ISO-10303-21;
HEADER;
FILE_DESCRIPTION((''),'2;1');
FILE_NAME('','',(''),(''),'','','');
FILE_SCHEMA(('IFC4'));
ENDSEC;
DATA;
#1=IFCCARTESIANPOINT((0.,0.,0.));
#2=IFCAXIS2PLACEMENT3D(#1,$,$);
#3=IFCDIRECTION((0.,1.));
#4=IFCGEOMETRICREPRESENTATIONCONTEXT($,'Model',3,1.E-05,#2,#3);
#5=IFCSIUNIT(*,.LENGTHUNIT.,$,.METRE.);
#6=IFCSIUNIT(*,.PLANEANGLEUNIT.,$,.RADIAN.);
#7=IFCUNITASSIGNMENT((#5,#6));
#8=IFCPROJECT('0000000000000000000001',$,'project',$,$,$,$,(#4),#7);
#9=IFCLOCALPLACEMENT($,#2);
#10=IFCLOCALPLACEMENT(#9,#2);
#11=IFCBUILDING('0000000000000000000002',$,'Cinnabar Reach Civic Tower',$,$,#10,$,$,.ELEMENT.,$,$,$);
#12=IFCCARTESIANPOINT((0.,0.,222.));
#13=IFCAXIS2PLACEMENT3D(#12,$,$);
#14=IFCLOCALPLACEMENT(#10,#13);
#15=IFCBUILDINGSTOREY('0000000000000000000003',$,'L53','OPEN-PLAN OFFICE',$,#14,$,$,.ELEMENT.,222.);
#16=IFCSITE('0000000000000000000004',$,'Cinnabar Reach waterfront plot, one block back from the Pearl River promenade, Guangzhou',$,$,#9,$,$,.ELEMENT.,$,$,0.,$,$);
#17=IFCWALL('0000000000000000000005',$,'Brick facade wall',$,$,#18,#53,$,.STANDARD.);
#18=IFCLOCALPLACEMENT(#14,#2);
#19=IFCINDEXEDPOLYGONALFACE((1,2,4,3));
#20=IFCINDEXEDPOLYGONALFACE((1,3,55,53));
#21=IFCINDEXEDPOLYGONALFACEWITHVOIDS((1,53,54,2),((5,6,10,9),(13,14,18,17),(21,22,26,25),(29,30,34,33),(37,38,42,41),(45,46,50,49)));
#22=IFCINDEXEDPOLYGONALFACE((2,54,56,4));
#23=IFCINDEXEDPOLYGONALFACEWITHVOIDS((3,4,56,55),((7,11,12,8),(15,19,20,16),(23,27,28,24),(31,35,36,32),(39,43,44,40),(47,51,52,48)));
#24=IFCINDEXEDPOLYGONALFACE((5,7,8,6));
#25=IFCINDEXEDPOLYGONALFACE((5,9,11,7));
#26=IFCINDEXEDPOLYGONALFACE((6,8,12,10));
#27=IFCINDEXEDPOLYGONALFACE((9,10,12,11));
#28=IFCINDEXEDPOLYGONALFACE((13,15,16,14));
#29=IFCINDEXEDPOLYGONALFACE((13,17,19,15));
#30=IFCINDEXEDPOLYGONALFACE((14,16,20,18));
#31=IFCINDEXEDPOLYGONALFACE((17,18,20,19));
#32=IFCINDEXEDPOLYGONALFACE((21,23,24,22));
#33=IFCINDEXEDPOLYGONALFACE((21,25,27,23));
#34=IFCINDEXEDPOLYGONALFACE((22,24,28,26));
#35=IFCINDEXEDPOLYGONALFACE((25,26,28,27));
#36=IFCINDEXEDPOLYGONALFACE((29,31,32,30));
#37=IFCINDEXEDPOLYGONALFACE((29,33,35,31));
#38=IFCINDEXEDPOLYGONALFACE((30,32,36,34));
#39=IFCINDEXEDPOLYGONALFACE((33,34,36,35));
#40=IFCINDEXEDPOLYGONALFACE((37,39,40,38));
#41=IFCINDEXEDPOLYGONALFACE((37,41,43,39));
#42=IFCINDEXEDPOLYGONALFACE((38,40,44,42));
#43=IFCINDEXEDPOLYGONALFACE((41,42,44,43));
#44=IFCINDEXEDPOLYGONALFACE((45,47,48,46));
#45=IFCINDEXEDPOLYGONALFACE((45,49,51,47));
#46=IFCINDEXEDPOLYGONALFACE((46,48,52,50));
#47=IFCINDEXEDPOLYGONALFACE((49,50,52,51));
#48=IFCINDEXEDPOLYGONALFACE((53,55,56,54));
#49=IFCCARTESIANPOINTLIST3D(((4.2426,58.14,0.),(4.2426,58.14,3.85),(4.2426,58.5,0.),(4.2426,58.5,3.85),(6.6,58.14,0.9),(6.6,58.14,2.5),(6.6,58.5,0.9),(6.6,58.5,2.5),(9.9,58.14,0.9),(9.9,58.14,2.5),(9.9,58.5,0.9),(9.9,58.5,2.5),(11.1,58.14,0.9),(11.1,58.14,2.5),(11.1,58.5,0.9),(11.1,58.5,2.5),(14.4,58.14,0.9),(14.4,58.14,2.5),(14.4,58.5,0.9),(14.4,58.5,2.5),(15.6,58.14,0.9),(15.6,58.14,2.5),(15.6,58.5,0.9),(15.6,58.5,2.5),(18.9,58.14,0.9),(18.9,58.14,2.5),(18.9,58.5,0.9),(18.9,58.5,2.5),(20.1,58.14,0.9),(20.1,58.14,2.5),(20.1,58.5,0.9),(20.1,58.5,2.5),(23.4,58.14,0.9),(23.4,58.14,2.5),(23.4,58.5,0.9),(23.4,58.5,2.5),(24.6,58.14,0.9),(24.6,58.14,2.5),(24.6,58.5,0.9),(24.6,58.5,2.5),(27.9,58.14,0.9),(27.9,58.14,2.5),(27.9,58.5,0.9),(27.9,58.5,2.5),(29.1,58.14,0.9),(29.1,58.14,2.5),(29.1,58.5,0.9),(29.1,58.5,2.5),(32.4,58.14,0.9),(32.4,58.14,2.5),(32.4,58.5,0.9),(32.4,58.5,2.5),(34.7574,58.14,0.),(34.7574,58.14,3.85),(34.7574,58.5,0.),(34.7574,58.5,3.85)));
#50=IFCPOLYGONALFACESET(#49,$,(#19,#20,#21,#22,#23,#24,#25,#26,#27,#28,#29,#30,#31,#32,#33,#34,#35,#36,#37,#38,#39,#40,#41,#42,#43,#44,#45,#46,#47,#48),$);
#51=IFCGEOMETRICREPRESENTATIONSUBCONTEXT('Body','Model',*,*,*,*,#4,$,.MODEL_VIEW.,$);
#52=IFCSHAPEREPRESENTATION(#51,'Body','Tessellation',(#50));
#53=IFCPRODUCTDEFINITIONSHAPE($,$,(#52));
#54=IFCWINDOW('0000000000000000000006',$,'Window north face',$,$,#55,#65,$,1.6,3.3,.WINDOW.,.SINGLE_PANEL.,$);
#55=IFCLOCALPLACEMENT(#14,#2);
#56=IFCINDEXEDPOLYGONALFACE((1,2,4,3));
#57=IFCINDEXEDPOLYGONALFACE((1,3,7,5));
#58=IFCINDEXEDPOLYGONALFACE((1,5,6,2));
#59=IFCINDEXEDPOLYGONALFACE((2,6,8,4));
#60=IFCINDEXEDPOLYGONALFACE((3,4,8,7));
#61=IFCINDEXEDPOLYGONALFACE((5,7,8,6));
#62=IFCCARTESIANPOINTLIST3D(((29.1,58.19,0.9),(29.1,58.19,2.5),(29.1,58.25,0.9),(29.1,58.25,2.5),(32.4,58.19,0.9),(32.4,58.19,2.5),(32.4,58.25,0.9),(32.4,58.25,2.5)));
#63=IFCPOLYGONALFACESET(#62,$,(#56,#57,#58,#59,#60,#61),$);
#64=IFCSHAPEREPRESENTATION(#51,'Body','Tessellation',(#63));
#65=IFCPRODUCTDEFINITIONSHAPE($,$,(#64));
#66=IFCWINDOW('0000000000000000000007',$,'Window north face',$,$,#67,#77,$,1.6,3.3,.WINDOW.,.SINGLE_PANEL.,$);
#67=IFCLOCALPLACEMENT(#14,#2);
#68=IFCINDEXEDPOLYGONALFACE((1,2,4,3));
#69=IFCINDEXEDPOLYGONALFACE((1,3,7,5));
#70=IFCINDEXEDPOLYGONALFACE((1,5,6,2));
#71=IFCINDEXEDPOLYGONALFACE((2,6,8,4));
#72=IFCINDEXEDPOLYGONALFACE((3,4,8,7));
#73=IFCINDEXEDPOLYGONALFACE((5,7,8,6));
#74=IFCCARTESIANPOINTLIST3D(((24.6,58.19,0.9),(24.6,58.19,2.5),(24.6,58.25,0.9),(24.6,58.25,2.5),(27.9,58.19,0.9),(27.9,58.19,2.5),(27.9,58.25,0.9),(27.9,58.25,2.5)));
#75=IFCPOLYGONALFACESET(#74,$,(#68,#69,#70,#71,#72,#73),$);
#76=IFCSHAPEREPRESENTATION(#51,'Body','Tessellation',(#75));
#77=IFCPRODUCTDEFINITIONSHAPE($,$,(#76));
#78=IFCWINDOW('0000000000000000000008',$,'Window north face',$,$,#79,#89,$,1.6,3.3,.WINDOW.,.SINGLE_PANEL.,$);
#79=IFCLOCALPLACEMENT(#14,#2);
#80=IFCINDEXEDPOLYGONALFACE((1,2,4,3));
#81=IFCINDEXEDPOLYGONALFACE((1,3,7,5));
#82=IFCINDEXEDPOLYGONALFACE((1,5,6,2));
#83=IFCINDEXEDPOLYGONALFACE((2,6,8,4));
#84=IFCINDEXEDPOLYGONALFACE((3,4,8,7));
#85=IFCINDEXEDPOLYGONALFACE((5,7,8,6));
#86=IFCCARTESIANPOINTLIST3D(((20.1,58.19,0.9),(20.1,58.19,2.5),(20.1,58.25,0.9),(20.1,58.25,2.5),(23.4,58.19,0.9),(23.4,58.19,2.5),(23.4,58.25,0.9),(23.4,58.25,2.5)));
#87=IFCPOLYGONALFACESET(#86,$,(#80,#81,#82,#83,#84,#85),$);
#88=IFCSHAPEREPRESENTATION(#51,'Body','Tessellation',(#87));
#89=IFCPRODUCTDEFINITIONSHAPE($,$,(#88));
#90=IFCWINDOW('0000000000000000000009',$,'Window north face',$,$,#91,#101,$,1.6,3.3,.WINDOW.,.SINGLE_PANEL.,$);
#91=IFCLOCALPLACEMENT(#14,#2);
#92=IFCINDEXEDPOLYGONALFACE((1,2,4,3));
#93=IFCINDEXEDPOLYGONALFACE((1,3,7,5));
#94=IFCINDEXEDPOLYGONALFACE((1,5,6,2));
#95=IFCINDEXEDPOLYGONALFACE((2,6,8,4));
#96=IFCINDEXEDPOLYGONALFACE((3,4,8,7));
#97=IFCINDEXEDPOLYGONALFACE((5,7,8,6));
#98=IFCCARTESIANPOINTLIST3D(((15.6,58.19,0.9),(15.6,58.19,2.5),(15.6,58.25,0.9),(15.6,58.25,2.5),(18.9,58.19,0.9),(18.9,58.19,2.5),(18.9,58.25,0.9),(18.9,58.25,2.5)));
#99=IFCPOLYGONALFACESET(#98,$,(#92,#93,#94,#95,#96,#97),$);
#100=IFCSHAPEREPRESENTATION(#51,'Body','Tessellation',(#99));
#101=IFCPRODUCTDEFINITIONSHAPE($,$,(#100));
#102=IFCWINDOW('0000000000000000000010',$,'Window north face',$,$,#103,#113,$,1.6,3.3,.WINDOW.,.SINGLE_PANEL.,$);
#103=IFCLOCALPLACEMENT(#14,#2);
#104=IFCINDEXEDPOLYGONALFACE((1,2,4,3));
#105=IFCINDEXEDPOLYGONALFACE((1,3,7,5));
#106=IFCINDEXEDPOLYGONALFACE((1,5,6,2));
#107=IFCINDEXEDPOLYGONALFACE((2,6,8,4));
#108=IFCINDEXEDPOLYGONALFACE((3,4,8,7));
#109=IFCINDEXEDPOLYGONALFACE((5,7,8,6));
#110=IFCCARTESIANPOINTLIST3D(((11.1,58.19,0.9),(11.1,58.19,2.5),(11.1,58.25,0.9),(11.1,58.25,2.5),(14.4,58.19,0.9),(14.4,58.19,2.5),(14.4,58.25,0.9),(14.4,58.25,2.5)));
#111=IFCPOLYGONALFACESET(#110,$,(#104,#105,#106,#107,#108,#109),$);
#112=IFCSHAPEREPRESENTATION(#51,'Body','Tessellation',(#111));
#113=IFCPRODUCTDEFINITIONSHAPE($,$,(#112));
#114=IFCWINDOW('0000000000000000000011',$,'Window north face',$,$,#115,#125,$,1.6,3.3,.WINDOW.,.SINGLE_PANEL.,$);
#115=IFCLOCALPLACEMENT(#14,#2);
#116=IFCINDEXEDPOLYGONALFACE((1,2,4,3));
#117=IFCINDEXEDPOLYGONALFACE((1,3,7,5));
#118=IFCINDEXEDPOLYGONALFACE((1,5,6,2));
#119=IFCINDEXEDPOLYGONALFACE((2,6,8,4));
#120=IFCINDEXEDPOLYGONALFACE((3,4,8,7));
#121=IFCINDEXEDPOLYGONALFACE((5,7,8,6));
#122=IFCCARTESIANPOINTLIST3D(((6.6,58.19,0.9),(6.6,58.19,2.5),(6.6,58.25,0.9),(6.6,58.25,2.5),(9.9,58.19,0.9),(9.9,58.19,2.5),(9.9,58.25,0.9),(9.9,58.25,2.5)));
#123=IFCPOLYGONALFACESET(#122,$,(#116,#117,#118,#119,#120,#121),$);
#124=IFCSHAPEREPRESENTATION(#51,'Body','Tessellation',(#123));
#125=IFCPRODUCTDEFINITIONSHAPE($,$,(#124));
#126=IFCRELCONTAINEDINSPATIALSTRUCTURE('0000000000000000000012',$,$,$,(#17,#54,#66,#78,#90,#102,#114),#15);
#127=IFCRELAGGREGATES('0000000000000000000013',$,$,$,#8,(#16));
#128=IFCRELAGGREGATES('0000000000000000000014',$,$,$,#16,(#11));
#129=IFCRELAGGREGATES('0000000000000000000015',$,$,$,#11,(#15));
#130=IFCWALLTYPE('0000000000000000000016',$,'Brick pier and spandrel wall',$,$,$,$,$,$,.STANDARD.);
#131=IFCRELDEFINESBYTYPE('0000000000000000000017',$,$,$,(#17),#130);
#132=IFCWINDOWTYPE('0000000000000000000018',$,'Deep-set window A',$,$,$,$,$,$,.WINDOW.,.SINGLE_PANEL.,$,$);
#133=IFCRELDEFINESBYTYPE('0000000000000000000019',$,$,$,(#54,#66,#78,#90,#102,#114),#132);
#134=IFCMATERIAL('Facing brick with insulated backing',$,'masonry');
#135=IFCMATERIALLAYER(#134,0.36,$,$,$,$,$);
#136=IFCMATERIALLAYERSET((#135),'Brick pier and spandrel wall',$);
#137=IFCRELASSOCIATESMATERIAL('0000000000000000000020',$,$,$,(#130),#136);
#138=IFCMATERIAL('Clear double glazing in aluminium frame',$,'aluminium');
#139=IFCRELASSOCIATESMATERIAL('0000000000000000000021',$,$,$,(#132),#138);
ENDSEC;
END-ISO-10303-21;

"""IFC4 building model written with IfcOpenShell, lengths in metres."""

from ifc_helpers import new_model, si_unit, direction, frame, frame_2d, origin, place, context, subcontext, project, spatial, rectangle, extrude, material, layer, layer_set, type_object, element, fill, save


model = new_model("IFC4")

# Units and contexts
model_context = context("Model", 3, precision=1e-05, world=origin(), true_north=direction((0.0, 1.0)))
body_context = subcontext(model_context, "Body", "Model", "MODEL_VIEW")
ifc_project = project(units=[si_unit("LENGTHUNIT", "METRE"), si_unit("PLANEANGLEUNIT", "RADIAN")], contexts=[model_context])

# Site, building, storey
site_placement = place(None, origin())
site = spatial("IfcSite", under=ifc_project, at=site_placement, Name="Cinnabar Reach waterfront plot, one block back from the Pearl River promenade, Guangzhou", CompositionType="ELEMENT", RefElevation=0.0)
building_placement = place(site_placement, origin())
building = spatial("IfcBuilding", under=site, at=building_placement, Name="Cinnabar Reach Civic Tower", CompositionType="ELEMENT")
storey_placement = place(building_placement, frame((0.0, 0.0, 222.0)))
storey = spatial("IfcBuildingStorey", under=building, at=storey_placement, Name="L53", Description="OPEN-PLAN OFFICE", CompositionType="ELEMENT", Elevation=222.0)

# Wall, openings, windows
ifc_material_1 = material(Name="Facing brick with insulated backing", Category="masonry")
ifc_layer_1 = layer(ifc_material_1, 0.36)
ifc_layer_set_1 = layer_set([ifc_layer_1], Name="Brick pier and spandrel wall")
wall_type_1 = type_object("IfcWallType", Name="Brick pier and spandrel wall", PredefinedType="STANDARD", material=ifc_layer_set_1)
wall_1_placement = place(storey_placement, frame((34.7574, 58.32, 0.0), z_axis=(0.0, 0.0, 1.0), x_axis=(-1.0, 0.0, 0.0)))
wall_1 = element("IfcWall", 1, at=wall_1_placement, inside=storey, type_object=wall_type_1, Name="Brick facade wall", PredefinedType="STANDARD", context=body_context, shape_type="SweptSolid", body=[
    extrude(rectangle(XDim=30.5148, YDim=0.36, at=frame_2d((15.2574, 0.0))), origin(), (0.0, 0.0, 1.0), 3.85),
])
opening_1_placement = place(wall_1_placement, frame((2.3574, 0.0, 0.9)))
opening_1 = element("IfcOpeningElement", 2, at=opening_1_placement, cuts=wall_1, PredefinedType="OPENING", context=body_context, shape_type="SweptSolid", body=[
    extrude(rectangle(XDim=3.3, YDim=1.6, at=frame_2d((1.65, 0.8))), frame((0.0, 0.19, 0.0), z_axis=(0.0, -1.0, 0.0), x_axis=(1.0, 0.0, 0.0)), (0.0, 0.0, 1.0), 0.38),
])
opening_2_placement = place(wall_1_placement, frame((6.8574, 0.0, 0.9)))
opening_2 = element("IfcOpeningElement", 3, at=opening_2_placement, cuts=wall_1, PredefinedType="OPENING", context=body_context, shape_type="SweptSolid", body=[
    extrude(rectangle(XDim=3.3, YDim=1.6, at=frame_2d((1.65, 0.8))), frame((0.0, 0.19, 0.0), z_axis=(0.0, -1.0, 0.0), x_axis=(1.0, 0.0, 0.0)), (0.0, 0.0, 1.0), 0.38),
])
opening_3_placement = place(wall_1_placement, frame((11.3574, 0.0, 0.9)))
opening_3 = element("IfcOpeningElement", 4, at=opening_3_placement, cuts=wall_1, PredefinedType="OPENING", context=body_context, shape_type="SweptSolid", body=[
    extrude(rectangle(XDim=3.3, YDim=1.6, at=frame_2d((1.65, 0.8))), frame((0.0, 0.19, 0.0), z_axis=(0.0, -1.0, 0.0), x_axis=(1.0, 0.0, 0.0)), (0.0, 0.0, 1.0), 0.38),
])
opening_4_placement = place(wall_1_placement, frame((15.8574, 0.0, 0.9)))
opening_4 = element("IfcOpeningElement", 5, at=opening_4_placement, cuts=wall_1, PredefinedType="OPENING", context=body_context, shape_type="SweptSolid", body=[
    extrude(rectangle(XDim=3.3, YDim=1.6, at=frame_2d((1.65, 0.8))), frame((0.0, 0.19, 0.0), z_axis=(0.0, -1.0, 0.0), x_axis=(1.0, 0.0, 0.0)), (0.0, 0.0, 1.0), 0.38),
])
opening_5_placement = place(wall_1_placement, frame((20.3574, 0.0, 0.9)))
opening_5 = element("IfcOpeningElement", 6, at=opening_5_placement, cuts=wall_1, PredefinedType="OPENING", context=body_context, shape_type="SweptSolid", body=[
    extrude(rectangle(XDim=3.3, YDim=1.6, at=frame_2d((1.65, 0.8))), frame((0.0, 0.19, 0.0), z_axis=(0.0, -1.0, 0.0), x_axis=(1.0, 0.0, 0.0)), (0.0, 0.0, 1.0), 0.38),
])
opening_6_placement = place(wall_1_placement, frame((24.8574, 0.0, 0.9)))
opening_6 = element("IfcOpeningElement", 7, at=opening_6_placement, cuts=wall_1, PredefinedType="OPENING", context=body_context, shape_type="SweptSolid", body=[
    extrude(rectangle(XDim=3.3, YDim=1.6, at=frame_2d((1.65, 0.8))), frame((0.0, 0.19, 0.0), z_axis=(0.0, -1.0, 0.0), x_axis=(1.0, 0.0, 0.0)), (0.0, 0.0, 1.0), 0.38),
])
ifc_material_2 = material(Name="Clear double glazing in aluminium frame", Category="aluminium")
window_type = type_object("IfcWindowType", Name="Deep-set window A", PartitioningType="SINGLE_PANEL", PredefinedType="WINDOW", material=ifc_material_2)
window_1_placement = place(opening_1_placement, origin())
window_1 = element("IfcWindow", 8, at=window_1_placement, inside=storey, type_object=window_type, Name="Window north face", OverallHeight=1.6, OverallWidth=3.3, PartitioningType="SINGLE_PANEL", PredefinedType="WINDOW", context=body_context, shape_type="SweptSolid", body=[
    extrude(rectangle(XDim=3.3, YDim=1.6, at=frame_2d((1.65, 0.8))), frame((0.0, 0.13, 0.0), z_axis=(0.0, -1.0, 0.0), x_axis=(1.0, 0.0, 0.0)), (0.0, 0.0, 1.0), 0.06),
])
fill(opening_1, window_1)
window_2_placement = place(opening_2_placement, origin())
window_2 = element("IfcWindow", 9, at=window_2_placement, inside=storey, type_object=window_type, Name="Window north face", OverallHeight=1.6, OverallWidth=3.3, PartitioningType="SINGLE_PANEL", PredefinedType="WINDOW", context=body_context, shape_type="SweptSolid", body=[
    extrude(rectangle(XDim=3.3, YDim=1.6, at=frame_2d((1.65, 0.8))), frame((0.0, 0.13, 0.0), z_axis=(0.0, -1.0, 0.0), x_axis=(1.0, 0.0, 0.0)), (0.0, 0.0, 1.0), 0.06),
])
fill(opening_2, window_2)
window_3_placement = place(opening_3_placement, origin())
window_3 = element("IfcWindow", 10, at=window_3_placement, inside=storey, type_object=window_type, Name="Window north face", OverallHeight=1.6, OverallWidth=3.3, PartitioningType="SINGLE_PANEL", PredefinedType="WINDOW", context=body_context, shape_type="SweptSolid", body=[
    extrude(rectangle(XDim=3.3, YDim=1.6, at=frame_2d((1.65, 0.8))), frame((0.0, 0.13, 0.0), z_axis=(0.0, -1.0, 0.0), x_axis=(1.0, 0.0, 0.0)), (0.0, 0.0, 1.0), 0.06),
])
fill(opening_3, window_3)
window_4_placement = place(opening_4_placement, origin())
window_4 = element("IfcWindow", 11, at=window_4_placement, inside=storey, type_object=window_type, Name="Window north face", OverallHeight=1.6, OverallWidth=3.3, PartitioningType="SINGLE_PANEL", PredefinedType="WINDOW", context=body_context, shape_type="SweptSolid", body=[
    extrude(rectangle(XDim=3.3, YDim=1.6, at=frame_2d((1.65, 0.8))), frame((0.0, 0.13, 0.0), z_axis=(0.0, -1.0, 0.0), x_axis=(1.0, 0.0, 0.0)), (0.0, 0.0, 1.0), 0.06),
])
fill(opening_4, window_4)
window_5_placement = place(opening_5_placement, origin())
window_5 = element("IfcWindow", 12, at=window_5_placement, inside=storey, type_object=window_type, Name="Window north face", OverallHeight=1.6, OverallWidth=3.3, PartitioningType="SINGLE_PANEL", PredefinedType="WINDOW", context=body_context, shape_type="SweptSolid", body=[
    extrude(rectangle(XDim=3.3, YDim=1.6, at=frame_2d((1.65, 0.8))), frame((0.0, 0.13, 0.0), z_axis=(0.0, -1.0, 0.0), x_axis=(1.0, 0.0, 0.0)), (0.0, 0.0, 1.0), 0.06),
])
fill(opening_5, window_5)
window_6_placement = place(opening_6_placement, origin())
window_6 = element("IfcWindow", 13, at=window_6_placement, inside=storey, type_object=window_type, Name="Window north face", OverallHeight=1.6, OverallWidth=3.3, PartitioningType="SINGLE_PANEL", PredefinedType="WINDOW", context=body_context, shape_type="SweptSolid", body=[
    extrude(rectangle(XDim=3.3, YDim=1.6, at=frame_2d((1.65, 0.8))), frame((0.0, 0.13, 0.0), z_axis=(0.0, -1.0, 0.0), x_axis=(1.0, 0.0, 0.0)), (0.0, 0.0, 1.0), 0.06),
])
fill(opening_6, window_6)

save(model, "model.ifc")
